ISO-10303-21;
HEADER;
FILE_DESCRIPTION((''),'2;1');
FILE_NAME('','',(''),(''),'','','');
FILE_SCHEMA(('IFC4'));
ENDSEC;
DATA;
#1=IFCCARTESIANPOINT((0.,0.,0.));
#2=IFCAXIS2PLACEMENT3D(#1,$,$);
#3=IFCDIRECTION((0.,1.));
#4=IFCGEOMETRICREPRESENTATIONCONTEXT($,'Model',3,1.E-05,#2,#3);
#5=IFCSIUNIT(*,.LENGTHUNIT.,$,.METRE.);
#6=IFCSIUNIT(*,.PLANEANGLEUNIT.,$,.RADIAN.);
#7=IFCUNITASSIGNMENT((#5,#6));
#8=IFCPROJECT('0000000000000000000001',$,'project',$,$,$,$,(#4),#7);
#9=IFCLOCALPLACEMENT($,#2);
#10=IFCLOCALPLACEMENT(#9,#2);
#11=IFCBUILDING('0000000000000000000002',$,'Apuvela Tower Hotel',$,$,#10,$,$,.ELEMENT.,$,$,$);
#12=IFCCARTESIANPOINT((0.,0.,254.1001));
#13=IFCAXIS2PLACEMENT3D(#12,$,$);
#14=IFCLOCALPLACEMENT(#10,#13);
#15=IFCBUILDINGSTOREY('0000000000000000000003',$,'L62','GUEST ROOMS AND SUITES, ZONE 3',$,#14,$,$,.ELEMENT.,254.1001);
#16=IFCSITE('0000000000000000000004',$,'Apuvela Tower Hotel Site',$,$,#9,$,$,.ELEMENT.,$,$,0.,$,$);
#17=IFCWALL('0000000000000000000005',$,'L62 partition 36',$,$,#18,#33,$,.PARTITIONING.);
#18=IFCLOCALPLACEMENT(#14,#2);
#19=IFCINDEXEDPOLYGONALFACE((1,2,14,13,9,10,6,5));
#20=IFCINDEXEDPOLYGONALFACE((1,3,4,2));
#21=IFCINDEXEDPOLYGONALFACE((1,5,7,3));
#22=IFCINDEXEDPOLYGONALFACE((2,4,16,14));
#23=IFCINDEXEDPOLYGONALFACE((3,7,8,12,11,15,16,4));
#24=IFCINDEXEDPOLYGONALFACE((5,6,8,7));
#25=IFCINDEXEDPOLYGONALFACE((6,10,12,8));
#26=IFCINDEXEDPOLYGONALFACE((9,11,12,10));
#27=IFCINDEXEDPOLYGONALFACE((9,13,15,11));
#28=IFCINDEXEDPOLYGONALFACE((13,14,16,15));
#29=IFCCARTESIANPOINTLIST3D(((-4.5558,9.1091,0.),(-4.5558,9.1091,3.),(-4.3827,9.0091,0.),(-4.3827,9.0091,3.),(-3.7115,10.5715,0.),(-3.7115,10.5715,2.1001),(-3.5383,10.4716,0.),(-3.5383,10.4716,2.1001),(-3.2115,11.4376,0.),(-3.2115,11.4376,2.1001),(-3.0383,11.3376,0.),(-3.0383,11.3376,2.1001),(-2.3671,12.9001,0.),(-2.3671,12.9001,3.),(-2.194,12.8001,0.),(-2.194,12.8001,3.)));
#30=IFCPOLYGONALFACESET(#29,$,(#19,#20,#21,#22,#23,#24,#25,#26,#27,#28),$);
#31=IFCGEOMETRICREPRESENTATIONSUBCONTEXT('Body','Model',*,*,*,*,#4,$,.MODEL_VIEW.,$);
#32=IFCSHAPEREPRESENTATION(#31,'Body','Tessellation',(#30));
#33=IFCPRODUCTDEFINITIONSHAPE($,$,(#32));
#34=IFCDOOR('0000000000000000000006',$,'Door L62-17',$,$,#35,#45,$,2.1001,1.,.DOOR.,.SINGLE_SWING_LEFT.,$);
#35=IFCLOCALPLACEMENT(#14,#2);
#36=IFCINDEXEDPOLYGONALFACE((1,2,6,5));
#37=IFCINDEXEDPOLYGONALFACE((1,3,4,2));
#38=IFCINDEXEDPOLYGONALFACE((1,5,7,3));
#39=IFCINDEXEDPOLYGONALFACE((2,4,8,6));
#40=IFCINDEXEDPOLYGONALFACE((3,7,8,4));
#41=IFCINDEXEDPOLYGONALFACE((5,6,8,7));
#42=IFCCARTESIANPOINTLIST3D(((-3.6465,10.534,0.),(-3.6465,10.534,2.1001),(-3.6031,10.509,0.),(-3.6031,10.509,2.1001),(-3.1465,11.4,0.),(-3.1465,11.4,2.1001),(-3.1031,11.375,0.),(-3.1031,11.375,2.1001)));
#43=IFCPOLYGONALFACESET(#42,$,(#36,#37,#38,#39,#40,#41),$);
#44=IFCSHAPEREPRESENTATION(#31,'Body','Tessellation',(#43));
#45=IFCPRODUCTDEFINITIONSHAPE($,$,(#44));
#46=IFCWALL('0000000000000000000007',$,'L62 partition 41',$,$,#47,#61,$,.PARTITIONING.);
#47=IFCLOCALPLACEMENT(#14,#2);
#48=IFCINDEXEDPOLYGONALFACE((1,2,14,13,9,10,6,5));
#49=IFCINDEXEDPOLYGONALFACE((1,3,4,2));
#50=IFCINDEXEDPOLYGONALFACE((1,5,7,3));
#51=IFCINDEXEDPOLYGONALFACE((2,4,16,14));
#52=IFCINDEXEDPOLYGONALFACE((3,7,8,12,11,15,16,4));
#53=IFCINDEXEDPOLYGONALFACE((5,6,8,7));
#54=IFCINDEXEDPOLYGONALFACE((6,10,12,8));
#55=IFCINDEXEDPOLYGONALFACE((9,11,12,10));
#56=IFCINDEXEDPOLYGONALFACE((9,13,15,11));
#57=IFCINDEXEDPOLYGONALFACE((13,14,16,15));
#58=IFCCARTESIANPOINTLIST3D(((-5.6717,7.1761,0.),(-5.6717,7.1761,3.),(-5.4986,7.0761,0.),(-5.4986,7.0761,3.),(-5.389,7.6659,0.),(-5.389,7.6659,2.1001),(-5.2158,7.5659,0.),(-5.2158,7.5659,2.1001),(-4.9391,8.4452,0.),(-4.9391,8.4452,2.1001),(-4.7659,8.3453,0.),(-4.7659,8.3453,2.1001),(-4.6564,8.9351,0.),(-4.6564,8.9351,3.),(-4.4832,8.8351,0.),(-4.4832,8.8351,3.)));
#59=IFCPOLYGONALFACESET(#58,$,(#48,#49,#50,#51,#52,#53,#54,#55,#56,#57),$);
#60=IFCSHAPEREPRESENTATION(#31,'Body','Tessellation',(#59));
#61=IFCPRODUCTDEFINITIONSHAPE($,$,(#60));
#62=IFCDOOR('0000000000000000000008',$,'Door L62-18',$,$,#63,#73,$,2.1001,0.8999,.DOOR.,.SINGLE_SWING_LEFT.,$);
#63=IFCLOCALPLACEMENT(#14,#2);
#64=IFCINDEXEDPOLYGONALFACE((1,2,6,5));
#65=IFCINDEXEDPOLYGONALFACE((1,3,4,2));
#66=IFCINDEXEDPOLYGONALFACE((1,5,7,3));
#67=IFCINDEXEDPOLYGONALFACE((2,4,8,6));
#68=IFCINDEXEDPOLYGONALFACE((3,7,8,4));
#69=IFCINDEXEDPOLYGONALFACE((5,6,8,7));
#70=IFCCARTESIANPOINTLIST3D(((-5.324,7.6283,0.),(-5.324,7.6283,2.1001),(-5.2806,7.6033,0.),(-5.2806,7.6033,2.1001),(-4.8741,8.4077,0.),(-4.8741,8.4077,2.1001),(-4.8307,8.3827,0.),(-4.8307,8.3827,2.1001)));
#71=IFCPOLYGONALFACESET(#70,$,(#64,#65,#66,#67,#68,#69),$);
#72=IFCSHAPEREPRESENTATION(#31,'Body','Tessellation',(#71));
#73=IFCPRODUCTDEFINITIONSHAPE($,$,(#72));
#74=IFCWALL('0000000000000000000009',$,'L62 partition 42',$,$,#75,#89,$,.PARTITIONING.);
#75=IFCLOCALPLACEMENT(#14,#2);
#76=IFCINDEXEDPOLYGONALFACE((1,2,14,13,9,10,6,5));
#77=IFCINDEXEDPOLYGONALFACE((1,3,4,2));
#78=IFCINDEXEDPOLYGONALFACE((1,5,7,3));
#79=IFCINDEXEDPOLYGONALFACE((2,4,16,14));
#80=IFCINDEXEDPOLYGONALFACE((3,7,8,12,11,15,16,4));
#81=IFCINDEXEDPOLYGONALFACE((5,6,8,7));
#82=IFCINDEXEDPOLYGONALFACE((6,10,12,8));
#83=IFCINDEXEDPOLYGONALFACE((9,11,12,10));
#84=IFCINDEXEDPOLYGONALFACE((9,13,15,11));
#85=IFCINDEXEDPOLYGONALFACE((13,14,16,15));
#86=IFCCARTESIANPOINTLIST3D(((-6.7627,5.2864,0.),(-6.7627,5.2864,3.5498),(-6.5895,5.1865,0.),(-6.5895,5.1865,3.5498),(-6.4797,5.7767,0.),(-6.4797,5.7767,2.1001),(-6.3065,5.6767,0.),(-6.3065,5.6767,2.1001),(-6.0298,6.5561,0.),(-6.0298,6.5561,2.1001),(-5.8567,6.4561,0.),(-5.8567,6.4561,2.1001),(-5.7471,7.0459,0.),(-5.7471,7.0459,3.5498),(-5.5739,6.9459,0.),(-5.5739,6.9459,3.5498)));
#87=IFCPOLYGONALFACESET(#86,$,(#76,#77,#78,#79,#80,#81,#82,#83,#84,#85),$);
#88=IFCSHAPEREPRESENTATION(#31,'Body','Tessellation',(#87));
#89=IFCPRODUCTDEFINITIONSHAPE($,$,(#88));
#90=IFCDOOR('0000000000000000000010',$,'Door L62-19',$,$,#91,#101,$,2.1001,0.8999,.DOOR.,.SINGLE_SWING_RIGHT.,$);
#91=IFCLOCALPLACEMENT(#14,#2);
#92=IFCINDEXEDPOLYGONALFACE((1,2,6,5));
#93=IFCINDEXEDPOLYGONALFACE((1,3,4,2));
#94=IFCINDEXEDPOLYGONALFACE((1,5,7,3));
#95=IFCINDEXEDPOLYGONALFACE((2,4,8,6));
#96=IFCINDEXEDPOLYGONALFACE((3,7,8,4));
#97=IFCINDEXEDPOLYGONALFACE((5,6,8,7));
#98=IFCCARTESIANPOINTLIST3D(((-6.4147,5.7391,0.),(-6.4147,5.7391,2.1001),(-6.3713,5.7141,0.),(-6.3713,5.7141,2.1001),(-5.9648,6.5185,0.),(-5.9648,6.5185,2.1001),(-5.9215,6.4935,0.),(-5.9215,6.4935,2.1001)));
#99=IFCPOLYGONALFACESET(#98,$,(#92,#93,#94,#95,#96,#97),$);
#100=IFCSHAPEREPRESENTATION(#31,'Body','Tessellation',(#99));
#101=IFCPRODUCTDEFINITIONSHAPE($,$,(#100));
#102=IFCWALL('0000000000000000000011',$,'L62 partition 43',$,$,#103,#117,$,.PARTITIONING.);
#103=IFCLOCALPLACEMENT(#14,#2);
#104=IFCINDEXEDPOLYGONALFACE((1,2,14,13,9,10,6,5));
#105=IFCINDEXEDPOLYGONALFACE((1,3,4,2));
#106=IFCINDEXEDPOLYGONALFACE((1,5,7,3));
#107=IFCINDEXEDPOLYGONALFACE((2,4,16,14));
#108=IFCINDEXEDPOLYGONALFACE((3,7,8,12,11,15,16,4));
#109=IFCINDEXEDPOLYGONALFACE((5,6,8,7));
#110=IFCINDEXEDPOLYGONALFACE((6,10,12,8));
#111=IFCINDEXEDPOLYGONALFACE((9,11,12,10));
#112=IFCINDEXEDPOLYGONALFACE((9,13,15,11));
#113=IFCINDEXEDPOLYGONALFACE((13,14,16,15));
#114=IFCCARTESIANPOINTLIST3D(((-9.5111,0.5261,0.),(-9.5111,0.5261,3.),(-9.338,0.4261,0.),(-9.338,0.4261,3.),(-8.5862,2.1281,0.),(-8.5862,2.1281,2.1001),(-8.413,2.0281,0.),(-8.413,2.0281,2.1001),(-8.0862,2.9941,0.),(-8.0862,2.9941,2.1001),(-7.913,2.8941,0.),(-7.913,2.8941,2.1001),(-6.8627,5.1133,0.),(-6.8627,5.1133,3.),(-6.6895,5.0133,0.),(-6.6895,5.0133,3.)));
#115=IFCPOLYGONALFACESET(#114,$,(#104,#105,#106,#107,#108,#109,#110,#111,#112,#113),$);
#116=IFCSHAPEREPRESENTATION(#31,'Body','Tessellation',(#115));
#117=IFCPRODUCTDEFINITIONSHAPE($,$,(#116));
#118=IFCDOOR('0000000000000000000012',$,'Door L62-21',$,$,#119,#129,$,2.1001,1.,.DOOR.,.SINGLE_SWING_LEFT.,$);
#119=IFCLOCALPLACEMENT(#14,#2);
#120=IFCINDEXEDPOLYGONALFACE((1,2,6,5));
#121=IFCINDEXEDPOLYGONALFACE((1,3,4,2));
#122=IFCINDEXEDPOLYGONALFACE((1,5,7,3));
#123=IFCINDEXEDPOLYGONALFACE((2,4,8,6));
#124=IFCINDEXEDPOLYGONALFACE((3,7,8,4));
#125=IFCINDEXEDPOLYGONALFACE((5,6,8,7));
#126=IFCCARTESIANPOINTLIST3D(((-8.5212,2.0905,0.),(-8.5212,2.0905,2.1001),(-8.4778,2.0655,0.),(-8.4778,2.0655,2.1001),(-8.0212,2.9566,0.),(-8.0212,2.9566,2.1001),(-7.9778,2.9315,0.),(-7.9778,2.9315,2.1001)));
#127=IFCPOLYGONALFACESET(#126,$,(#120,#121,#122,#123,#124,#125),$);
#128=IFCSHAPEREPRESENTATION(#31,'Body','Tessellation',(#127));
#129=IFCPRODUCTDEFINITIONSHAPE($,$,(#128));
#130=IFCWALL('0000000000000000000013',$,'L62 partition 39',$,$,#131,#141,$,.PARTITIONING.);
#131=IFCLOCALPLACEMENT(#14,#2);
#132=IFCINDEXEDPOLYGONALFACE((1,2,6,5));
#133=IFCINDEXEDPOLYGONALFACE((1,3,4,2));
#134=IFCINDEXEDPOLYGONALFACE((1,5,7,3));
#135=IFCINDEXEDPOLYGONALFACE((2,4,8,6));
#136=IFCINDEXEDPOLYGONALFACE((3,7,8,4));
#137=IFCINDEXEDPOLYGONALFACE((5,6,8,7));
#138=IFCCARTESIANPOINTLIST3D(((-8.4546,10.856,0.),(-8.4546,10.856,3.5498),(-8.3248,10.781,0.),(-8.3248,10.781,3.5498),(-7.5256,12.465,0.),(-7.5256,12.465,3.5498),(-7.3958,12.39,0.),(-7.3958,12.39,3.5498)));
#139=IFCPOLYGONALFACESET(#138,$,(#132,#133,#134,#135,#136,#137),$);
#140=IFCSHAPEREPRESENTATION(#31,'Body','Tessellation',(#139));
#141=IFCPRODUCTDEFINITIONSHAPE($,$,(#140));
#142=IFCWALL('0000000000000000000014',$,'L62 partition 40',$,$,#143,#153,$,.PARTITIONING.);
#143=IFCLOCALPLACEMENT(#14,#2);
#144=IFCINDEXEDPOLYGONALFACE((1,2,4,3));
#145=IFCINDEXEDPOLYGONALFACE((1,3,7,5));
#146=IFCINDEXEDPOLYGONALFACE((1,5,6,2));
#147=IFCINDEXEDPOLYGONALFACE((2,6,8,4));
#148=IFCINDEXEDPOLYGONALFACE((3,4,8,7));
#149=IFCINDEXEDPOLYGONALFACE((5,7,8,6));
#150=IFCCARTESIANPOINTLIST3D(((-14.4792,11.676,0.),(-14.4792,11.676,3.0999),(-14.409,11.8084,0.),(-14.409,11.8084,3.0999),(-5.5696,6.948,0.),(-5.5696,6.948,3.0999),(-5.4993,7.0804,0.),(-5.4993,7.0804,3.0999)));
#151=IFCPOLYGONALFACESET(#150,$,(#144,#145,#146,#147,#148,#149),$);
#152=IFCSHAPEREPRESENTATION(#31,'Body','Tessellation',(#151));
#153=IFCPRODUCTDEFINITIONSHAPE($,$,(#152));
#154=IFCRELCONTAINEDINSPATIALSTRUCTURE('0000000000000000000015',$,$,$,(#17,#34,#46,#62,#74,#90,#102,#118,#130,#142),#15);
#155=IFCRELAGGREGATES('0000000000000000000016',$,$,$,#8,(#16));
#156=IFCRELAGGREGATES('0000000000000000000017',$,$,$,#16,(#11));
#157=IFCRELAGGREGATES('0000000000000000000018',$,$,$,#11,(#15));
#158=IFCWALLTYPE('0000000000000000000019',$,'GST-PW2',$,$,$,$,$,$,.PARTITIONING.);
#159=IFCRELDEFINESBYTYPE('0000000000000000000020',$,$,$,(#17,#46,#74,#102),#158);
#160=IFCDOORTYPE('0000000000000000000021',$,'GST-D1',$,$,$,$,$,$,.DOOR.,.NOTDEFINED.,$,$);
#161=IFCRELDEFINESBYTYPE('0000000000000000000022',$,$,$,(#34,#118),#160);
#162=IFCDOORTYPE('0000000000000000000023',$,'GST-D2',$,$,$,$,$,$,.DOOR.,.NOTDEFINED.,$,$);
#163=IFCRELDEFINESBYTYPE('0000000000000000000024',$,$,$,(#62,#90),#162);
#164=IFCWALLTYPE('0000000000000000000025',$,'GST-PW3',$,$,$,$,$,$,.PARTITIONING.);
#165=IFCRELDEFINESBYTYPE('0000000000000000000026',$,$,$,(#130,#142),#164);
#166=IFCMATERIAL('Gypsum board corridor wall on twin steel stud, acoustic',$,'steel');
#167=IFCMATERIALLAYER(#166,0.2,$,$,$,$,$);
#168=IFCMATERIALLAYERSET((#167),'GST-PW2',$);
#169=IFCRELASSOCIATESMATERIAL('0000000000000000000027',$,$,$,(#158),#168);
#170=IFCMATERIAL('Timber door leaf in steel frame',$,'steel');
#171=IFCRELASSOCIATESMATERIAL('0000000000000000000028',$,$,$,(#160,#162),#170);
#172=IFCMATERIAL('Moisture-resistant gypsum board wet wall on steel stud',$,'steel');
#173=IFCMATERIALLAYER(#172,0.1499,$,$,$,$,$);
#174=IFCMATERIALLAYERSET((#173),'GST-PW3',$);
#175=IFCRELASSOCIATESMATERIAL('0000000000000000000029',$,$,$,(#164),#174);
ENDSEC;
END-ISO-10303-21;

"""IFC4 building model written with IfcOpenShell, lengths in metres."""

from ifc_helpers import new_model, si_unit, direction, frame, frame_2d, origin, place, context, subcontext, project, spatial, rectangle, extrude, material, layer, layer_set, type_object, element, fill, save


model = new_model("IFC4")

# Units and contexts
model_context = context("Model", 3, precision=1e-05, world=origin(), true_north=direction((0.0, 1.0)))
body_context = subcontext(model_context, "Body", "Model", "MODEL_VIEW")
ifc_project = project(units=[si_unit("LENGTHUNIT", "METRE"), si_unit("PLANEANGLEUNIT", "RADIAN")], contexts=[model_context])

# Site, building, storey
site_placement = place(None, origin())
site = spatial("IfcSite", under=ifc_project, at=site_placement, Name="Apuvela Tower Hotel Site", CompositionType="ELEMENT", RefElevation=0.0)
building_placement = place(site_placement, origin())
building = spatial("IfcBuilding", under=site, at=building_placement, Name="Apuvela Tower Hotel", CompositionType="ELEMENT")
storey_placement = place(building_placement, frame((0.0, 0.0, 254.1001)))
storey = spatial("IfcBuildingStorey", under=building, at=storey_placement, Name="L62", Description="GUEST ROOMS AND SUITES, ZONE 3", CompositionType="ELEMENT", Elevation=254.1001)

# Walls, openings, doors
ifc_material_1 = material(Name="Gypsum board corridor wall on twin steel stud, acoustic", Category="steel")
ifc_layer_1 = layer(ifc_material_1, 0.2)
ifc_layer_set_1 = layer_set([ifc_layer_1], Name="GST-PW2")
wall_type_1 = type_object("IfcWallType", Name="GST-PW2", PredefinedType="PARTITIONING", material=ifc_layer_set_1)
wall_1_placement = place(storey_placement, frame((-4.4692, 9.0591, 0.0), z_axis=(0.0, 0.0, 1.0), x_axis=(0.499996, 0.866028, 0.0)))
wall_1 = element("IfcWall", 1, at=wall_1_placement, inside=storey, type_object=wall_type_1, Name="L62 partition 36", PredefinedType="PARTITIONING", context=body_context, shape_type="SweptSolid", body=[
    extrude(rectangle(XDim=4.3774, YDim=0.2, at=frame_2d((2.1887, 0.0))), origin(), (0.0, 0.0, 1.0), 3.0),
])
opening_1_placement = place(wall_1_placement, frame((1.6887, 0.0, 0.0)))
opening_1 = element("IfcOpeningElement", 2, at=opening_1_placement, cuts=wall_1, PredefinedType="OPENING", context=body_context, shape_type="SweptSolid", body=[
    extrude(rectangle(XDim=1.0, YDim=2.1001, at=frame_2d((0.5, 1.05))), frame((0.0, 0.1099, 0.0), z_axis=(0.0, -1.0, 0.0), x_axis=(1.0, 0.0, 0.0)), (0.0, 0.0, 1.0), 0.22),
])
ifc_material_2 = material(Name="Timber door leaf in steel frame", Category="steel")
door_type_1 = type_object("IfcDoorType", Name="GST-D1", OperationType="NOTDEFINED", PredefinedType="DOOR", material=ifc_material_2)
door_1_placement = place(opening_1_placement, origin())
door_1 = element("IfcDoor", 3, at=door_1_placement, inside=storey, type_object=door_type_1, Name="Door L62-17", OperationType="SINGLE_SWING_LEFT", OverallHeight=2.1001, OverallWidth=1.0, PredefinedType="DOOR", context=body_context, shape_type="SweptSolid", body=[
    extrude(rectangle(XDim=1.0, YDim=2.1001, at=frame_2d((0.5, 1.05))), frame((0.0, 0.0249, 0.0), z_axis=(0.0, -1.0, 0.0), x_axis=(1.0, 0.0, 0.0)), (0.0, 0.0, 1.0), 0.05),
])
fill(opening_1, door_1)
wall_2_placement = place(storey_placement, frame((-5.5852, 7.126, 0.0), z_axis=(0.0, 0.0, 1.0), x_axis=(0.499927, 0.866067, 0.0)))
wall_2 = element("IfcWall", 4, at=wall_2_placement, inside=storey, type_object=wall_type_1, Name="L62 partition 41", PredefinedType="PARTITIONING", context=body_context, shape_type="SweptSolid", body=[
    extrude(rectangle(XDim=2.031, YDim=0.2, at=frame_2d((1.0156, 0.0))), origin(), (0.0, 0.0, 1.0), 3.0),
])
opening_2_placement = place(wall_2_placement, frame((0.5657, 0.0, 0.0)))
opening_2 = element("IfcOpeningElement", 5, at=opening_2_placement, cuts=wall_2, PredefinedType="OPENING", context=body_context, shape_type="SweptSolid", body=[
    extrude(rectangle(XDim=0.8999, YDim=2.1001, at=frame_2d((0.45, 1.05))), frame((0.0, 0.1099, 0.0), z_axis=(0.0, -1.0, 0.0), x_axis=(1.0, 0.0, 0.0)), (0.0, 0.0, 1.0), 0.22),
])
door_type_2 = type_object("IfcDoorType", Name="GST-D2", OperationType="NOTDEFINED", PredefinedType="DOOR", material=ifc_material_2)
door_2_placement = place(opening_2_placement, origin())
door_2 = element("IfcDoor", 6, at=door_2_placement, inside=storey, type_object=door_type_2, Name="Door L62-18", OperationType="SINGLE_SWING_LEFT", OverallHeight=2.1001, OverallWidth=0.8999, PredefinedType="DOOR", context=body_context, shape_type="SweptSolid", body=[
    extrude(rectangle(XDim=0.8999, YDim=2.1001, at=frame_2d((0.45, 1.05))), frame((0.0, 0.0249, 0.0), z_axis=(0.0, -1.0, 0.0), x_axis=(1.0, 0.0, 0.0)), (0.0, 0.0, 1.0), 0.05),
])
fill(opening_2, door_2)
wall_3_placement = place(storey_placement, frame((-6.676, 5.2366, 0.0), z_axis=(0.0, 0.0, 1.0), x_axis=(0.499913, 0.866076, 0.0)))
wall_3 = element("IfcWall", 7, at=wall_3_placement, inside=storey, type_object=wall_type_1, Name="L62 partition 42", PredefinedType="PARTITIONING", context=body_context, shape_type="SweptSolid", body=[
    extrude(rectangle(XDim=2.0315, YDim=0.2, at=frame_2d((1.0156, 0.0))), origin(), (0.0, 0.0, 1.0), 3.5498),
])
opening_3_placement = place(wall_3_placement, frame((0.5659, 0.0, 0.0)))
opening_3 = element("IfcOpeningElement", 8, at=opening_3_placement, cuts=wall_3, PredefinedType="OPENING", context=body_context, shape_type="SweptSolid", body=[
    extrude(rectangle(XDim=0.8999, YDim=2.1001, at=frame_2d((0.45, 1.05))), frame((0.0, 0.1099, 0.0), z_axis=(0.0, -1.0, 0.0), x_axis=(1.0, 0.0, 0.0)), (0.0, 0.0, 1.0), 0.22),
])
door_3_placement = place(opening_3_placement, origin())
door_3 = element("IfcDoor", 9, at=door_3_placement, inside=storey, type_object=door_type_2, Name="Door L62-19", OperationType="SINGLE_SWING_RIGHT", OverallHeight=2.1001, OverallWidth=0.8999, PredefinedType="DOOR", context=body_context, shape_type="SweptSolid", body=[
    extrude(rectangle(XDim=0.8999, YDim=2.1001, at=frame_2d((0.45, 1.05))), frame((0.0, 0.0249, 0.0), z_axis=(0.0, -1.0, 0.0), x_axis=(1.0, 0.0, 0.0)), (0.0, 0.0, 1.0), 0.05),
])
fill(opening_3, door_3)
wall_4_placement = place(storey_placement, frame((-9.4246, 0.4761, 0.0), z_axis=(0.0, 0.0, 1.0), x_axis=(0.500006, 0.866022, 0.0)))
wall_4 = element("IfcWall", 10, at=wall_4_placement, inside=storey, type_object=wall_type_1, Name="L62 partition 43", PredefinedType="PARTITIONING", context=body_context, shape_type="SweptSolid", body=[
    extrude(rectangle(XDim=5.2969, YDim=0.2, at=frame_2d((2.6484, 0.0))), origin(), (0.0, 0.0, 1.0), 3.0),
])
opening_4_placement = place(wall_4_placement, frame((1.8499, 0.0, 0.0)))
opening_4 = element("IfcOpeningElement", 11, at=opening_4_placement, cuts=wall_4, PredefinedType="OPENING", context=body_context, shape_type="SweptSolid", body=[
    extrude(rectangle(XDim=1.0, YDim=2.1001, at=frame_2d((0.5, 1.05))), frame((0.0, 0.1099, 0.0), z_axis=(0.0, -1.0, 0.0), x_axis=(1.0, 0.0, 0.0)), (0.0, 0.0, 1.0), 0.22),
])
door_4_placement = place(opening_4_placement, origin())
door_4 = element("IfcDoor", 12, at=door_4_placement, inside=storey, type_object=door_type_1, Name="Door L62-21", OperationType="SINGLE_SWING_LEFT", OverallHeight=2.1001, OverallWidth=1.0, PredefinedType="DOOR", context=body_context, shape_type="SweptSolid", body=[
    extrude(rectangle(XDim=1.0, YDim=2.1001, at=frame_2d((0.5, 1.05))), frame((0.0, 0.0249, 0.0), z_axis=(0.0, -1.0, 0.0), x_axis=(1.0, 0.0, 0.0)), (0.0, 0.0, 1.0), 0.05),
])
fill(opening_4, door_4)

# Walls
ifc_material_3 = material(Name="Moisture-resistant gypsum board wet wall on steel stud", Category="steel")
ifc_layer_2 = layer(ifc_material_3, 0.1499)
ifc_layer_set_2 = layer_set([ifc_layer_2], Name="GST-PW3")
wall_type_2 = type_object("IfcWallType", Name="GST-PW3", PredefinedType="PARTITIONING", material=ifc_layer_set_2)
wall_5_placement = place(storey_placement, frame((-7.4607, 12.4275, 0.0), z_axis=(0.0, 0.0, 1.0), x_axis=(-0.500026, -0.866011, 0.0)))
element("IfcWall", 13, at=wall_5_placement, inside=storey, type_object=wall_type_2, Name="L62 partition 39", PredefinedType="PARTITIONING", context=body_context, shape_type="SweptSolid", body=[
    extrude(rectangle(XDim=1.8579, YDim=0.1499, at=frame_2d((0.929, 0.0))), origin(), (0.0, 0.0, 1.0), 3.5498),
])
wall_6_placement = place(storey_placement, frame((-14.4441, 11.7422, 0.0), z_axis=(0.0, 0.0, 1.0), x_axis=(0.883331, -0.46875, 0.0)))
element("IfcWall", 14, at=wall_6_placement, inside=storey, type_object=wall_type_2, Name="L62 partition 40", PredefinedType="PARTITIONING", context=body_context, shape_type="SweptSolid", body=[
    extrude(rectangle(XDim=10.0864, YDim=0.1499, at=frame_2d((5.0432, 0.0))), origin(), (0.0, 0.0, 1.0), 3.0999),
])

save(model, "model.ifc")
